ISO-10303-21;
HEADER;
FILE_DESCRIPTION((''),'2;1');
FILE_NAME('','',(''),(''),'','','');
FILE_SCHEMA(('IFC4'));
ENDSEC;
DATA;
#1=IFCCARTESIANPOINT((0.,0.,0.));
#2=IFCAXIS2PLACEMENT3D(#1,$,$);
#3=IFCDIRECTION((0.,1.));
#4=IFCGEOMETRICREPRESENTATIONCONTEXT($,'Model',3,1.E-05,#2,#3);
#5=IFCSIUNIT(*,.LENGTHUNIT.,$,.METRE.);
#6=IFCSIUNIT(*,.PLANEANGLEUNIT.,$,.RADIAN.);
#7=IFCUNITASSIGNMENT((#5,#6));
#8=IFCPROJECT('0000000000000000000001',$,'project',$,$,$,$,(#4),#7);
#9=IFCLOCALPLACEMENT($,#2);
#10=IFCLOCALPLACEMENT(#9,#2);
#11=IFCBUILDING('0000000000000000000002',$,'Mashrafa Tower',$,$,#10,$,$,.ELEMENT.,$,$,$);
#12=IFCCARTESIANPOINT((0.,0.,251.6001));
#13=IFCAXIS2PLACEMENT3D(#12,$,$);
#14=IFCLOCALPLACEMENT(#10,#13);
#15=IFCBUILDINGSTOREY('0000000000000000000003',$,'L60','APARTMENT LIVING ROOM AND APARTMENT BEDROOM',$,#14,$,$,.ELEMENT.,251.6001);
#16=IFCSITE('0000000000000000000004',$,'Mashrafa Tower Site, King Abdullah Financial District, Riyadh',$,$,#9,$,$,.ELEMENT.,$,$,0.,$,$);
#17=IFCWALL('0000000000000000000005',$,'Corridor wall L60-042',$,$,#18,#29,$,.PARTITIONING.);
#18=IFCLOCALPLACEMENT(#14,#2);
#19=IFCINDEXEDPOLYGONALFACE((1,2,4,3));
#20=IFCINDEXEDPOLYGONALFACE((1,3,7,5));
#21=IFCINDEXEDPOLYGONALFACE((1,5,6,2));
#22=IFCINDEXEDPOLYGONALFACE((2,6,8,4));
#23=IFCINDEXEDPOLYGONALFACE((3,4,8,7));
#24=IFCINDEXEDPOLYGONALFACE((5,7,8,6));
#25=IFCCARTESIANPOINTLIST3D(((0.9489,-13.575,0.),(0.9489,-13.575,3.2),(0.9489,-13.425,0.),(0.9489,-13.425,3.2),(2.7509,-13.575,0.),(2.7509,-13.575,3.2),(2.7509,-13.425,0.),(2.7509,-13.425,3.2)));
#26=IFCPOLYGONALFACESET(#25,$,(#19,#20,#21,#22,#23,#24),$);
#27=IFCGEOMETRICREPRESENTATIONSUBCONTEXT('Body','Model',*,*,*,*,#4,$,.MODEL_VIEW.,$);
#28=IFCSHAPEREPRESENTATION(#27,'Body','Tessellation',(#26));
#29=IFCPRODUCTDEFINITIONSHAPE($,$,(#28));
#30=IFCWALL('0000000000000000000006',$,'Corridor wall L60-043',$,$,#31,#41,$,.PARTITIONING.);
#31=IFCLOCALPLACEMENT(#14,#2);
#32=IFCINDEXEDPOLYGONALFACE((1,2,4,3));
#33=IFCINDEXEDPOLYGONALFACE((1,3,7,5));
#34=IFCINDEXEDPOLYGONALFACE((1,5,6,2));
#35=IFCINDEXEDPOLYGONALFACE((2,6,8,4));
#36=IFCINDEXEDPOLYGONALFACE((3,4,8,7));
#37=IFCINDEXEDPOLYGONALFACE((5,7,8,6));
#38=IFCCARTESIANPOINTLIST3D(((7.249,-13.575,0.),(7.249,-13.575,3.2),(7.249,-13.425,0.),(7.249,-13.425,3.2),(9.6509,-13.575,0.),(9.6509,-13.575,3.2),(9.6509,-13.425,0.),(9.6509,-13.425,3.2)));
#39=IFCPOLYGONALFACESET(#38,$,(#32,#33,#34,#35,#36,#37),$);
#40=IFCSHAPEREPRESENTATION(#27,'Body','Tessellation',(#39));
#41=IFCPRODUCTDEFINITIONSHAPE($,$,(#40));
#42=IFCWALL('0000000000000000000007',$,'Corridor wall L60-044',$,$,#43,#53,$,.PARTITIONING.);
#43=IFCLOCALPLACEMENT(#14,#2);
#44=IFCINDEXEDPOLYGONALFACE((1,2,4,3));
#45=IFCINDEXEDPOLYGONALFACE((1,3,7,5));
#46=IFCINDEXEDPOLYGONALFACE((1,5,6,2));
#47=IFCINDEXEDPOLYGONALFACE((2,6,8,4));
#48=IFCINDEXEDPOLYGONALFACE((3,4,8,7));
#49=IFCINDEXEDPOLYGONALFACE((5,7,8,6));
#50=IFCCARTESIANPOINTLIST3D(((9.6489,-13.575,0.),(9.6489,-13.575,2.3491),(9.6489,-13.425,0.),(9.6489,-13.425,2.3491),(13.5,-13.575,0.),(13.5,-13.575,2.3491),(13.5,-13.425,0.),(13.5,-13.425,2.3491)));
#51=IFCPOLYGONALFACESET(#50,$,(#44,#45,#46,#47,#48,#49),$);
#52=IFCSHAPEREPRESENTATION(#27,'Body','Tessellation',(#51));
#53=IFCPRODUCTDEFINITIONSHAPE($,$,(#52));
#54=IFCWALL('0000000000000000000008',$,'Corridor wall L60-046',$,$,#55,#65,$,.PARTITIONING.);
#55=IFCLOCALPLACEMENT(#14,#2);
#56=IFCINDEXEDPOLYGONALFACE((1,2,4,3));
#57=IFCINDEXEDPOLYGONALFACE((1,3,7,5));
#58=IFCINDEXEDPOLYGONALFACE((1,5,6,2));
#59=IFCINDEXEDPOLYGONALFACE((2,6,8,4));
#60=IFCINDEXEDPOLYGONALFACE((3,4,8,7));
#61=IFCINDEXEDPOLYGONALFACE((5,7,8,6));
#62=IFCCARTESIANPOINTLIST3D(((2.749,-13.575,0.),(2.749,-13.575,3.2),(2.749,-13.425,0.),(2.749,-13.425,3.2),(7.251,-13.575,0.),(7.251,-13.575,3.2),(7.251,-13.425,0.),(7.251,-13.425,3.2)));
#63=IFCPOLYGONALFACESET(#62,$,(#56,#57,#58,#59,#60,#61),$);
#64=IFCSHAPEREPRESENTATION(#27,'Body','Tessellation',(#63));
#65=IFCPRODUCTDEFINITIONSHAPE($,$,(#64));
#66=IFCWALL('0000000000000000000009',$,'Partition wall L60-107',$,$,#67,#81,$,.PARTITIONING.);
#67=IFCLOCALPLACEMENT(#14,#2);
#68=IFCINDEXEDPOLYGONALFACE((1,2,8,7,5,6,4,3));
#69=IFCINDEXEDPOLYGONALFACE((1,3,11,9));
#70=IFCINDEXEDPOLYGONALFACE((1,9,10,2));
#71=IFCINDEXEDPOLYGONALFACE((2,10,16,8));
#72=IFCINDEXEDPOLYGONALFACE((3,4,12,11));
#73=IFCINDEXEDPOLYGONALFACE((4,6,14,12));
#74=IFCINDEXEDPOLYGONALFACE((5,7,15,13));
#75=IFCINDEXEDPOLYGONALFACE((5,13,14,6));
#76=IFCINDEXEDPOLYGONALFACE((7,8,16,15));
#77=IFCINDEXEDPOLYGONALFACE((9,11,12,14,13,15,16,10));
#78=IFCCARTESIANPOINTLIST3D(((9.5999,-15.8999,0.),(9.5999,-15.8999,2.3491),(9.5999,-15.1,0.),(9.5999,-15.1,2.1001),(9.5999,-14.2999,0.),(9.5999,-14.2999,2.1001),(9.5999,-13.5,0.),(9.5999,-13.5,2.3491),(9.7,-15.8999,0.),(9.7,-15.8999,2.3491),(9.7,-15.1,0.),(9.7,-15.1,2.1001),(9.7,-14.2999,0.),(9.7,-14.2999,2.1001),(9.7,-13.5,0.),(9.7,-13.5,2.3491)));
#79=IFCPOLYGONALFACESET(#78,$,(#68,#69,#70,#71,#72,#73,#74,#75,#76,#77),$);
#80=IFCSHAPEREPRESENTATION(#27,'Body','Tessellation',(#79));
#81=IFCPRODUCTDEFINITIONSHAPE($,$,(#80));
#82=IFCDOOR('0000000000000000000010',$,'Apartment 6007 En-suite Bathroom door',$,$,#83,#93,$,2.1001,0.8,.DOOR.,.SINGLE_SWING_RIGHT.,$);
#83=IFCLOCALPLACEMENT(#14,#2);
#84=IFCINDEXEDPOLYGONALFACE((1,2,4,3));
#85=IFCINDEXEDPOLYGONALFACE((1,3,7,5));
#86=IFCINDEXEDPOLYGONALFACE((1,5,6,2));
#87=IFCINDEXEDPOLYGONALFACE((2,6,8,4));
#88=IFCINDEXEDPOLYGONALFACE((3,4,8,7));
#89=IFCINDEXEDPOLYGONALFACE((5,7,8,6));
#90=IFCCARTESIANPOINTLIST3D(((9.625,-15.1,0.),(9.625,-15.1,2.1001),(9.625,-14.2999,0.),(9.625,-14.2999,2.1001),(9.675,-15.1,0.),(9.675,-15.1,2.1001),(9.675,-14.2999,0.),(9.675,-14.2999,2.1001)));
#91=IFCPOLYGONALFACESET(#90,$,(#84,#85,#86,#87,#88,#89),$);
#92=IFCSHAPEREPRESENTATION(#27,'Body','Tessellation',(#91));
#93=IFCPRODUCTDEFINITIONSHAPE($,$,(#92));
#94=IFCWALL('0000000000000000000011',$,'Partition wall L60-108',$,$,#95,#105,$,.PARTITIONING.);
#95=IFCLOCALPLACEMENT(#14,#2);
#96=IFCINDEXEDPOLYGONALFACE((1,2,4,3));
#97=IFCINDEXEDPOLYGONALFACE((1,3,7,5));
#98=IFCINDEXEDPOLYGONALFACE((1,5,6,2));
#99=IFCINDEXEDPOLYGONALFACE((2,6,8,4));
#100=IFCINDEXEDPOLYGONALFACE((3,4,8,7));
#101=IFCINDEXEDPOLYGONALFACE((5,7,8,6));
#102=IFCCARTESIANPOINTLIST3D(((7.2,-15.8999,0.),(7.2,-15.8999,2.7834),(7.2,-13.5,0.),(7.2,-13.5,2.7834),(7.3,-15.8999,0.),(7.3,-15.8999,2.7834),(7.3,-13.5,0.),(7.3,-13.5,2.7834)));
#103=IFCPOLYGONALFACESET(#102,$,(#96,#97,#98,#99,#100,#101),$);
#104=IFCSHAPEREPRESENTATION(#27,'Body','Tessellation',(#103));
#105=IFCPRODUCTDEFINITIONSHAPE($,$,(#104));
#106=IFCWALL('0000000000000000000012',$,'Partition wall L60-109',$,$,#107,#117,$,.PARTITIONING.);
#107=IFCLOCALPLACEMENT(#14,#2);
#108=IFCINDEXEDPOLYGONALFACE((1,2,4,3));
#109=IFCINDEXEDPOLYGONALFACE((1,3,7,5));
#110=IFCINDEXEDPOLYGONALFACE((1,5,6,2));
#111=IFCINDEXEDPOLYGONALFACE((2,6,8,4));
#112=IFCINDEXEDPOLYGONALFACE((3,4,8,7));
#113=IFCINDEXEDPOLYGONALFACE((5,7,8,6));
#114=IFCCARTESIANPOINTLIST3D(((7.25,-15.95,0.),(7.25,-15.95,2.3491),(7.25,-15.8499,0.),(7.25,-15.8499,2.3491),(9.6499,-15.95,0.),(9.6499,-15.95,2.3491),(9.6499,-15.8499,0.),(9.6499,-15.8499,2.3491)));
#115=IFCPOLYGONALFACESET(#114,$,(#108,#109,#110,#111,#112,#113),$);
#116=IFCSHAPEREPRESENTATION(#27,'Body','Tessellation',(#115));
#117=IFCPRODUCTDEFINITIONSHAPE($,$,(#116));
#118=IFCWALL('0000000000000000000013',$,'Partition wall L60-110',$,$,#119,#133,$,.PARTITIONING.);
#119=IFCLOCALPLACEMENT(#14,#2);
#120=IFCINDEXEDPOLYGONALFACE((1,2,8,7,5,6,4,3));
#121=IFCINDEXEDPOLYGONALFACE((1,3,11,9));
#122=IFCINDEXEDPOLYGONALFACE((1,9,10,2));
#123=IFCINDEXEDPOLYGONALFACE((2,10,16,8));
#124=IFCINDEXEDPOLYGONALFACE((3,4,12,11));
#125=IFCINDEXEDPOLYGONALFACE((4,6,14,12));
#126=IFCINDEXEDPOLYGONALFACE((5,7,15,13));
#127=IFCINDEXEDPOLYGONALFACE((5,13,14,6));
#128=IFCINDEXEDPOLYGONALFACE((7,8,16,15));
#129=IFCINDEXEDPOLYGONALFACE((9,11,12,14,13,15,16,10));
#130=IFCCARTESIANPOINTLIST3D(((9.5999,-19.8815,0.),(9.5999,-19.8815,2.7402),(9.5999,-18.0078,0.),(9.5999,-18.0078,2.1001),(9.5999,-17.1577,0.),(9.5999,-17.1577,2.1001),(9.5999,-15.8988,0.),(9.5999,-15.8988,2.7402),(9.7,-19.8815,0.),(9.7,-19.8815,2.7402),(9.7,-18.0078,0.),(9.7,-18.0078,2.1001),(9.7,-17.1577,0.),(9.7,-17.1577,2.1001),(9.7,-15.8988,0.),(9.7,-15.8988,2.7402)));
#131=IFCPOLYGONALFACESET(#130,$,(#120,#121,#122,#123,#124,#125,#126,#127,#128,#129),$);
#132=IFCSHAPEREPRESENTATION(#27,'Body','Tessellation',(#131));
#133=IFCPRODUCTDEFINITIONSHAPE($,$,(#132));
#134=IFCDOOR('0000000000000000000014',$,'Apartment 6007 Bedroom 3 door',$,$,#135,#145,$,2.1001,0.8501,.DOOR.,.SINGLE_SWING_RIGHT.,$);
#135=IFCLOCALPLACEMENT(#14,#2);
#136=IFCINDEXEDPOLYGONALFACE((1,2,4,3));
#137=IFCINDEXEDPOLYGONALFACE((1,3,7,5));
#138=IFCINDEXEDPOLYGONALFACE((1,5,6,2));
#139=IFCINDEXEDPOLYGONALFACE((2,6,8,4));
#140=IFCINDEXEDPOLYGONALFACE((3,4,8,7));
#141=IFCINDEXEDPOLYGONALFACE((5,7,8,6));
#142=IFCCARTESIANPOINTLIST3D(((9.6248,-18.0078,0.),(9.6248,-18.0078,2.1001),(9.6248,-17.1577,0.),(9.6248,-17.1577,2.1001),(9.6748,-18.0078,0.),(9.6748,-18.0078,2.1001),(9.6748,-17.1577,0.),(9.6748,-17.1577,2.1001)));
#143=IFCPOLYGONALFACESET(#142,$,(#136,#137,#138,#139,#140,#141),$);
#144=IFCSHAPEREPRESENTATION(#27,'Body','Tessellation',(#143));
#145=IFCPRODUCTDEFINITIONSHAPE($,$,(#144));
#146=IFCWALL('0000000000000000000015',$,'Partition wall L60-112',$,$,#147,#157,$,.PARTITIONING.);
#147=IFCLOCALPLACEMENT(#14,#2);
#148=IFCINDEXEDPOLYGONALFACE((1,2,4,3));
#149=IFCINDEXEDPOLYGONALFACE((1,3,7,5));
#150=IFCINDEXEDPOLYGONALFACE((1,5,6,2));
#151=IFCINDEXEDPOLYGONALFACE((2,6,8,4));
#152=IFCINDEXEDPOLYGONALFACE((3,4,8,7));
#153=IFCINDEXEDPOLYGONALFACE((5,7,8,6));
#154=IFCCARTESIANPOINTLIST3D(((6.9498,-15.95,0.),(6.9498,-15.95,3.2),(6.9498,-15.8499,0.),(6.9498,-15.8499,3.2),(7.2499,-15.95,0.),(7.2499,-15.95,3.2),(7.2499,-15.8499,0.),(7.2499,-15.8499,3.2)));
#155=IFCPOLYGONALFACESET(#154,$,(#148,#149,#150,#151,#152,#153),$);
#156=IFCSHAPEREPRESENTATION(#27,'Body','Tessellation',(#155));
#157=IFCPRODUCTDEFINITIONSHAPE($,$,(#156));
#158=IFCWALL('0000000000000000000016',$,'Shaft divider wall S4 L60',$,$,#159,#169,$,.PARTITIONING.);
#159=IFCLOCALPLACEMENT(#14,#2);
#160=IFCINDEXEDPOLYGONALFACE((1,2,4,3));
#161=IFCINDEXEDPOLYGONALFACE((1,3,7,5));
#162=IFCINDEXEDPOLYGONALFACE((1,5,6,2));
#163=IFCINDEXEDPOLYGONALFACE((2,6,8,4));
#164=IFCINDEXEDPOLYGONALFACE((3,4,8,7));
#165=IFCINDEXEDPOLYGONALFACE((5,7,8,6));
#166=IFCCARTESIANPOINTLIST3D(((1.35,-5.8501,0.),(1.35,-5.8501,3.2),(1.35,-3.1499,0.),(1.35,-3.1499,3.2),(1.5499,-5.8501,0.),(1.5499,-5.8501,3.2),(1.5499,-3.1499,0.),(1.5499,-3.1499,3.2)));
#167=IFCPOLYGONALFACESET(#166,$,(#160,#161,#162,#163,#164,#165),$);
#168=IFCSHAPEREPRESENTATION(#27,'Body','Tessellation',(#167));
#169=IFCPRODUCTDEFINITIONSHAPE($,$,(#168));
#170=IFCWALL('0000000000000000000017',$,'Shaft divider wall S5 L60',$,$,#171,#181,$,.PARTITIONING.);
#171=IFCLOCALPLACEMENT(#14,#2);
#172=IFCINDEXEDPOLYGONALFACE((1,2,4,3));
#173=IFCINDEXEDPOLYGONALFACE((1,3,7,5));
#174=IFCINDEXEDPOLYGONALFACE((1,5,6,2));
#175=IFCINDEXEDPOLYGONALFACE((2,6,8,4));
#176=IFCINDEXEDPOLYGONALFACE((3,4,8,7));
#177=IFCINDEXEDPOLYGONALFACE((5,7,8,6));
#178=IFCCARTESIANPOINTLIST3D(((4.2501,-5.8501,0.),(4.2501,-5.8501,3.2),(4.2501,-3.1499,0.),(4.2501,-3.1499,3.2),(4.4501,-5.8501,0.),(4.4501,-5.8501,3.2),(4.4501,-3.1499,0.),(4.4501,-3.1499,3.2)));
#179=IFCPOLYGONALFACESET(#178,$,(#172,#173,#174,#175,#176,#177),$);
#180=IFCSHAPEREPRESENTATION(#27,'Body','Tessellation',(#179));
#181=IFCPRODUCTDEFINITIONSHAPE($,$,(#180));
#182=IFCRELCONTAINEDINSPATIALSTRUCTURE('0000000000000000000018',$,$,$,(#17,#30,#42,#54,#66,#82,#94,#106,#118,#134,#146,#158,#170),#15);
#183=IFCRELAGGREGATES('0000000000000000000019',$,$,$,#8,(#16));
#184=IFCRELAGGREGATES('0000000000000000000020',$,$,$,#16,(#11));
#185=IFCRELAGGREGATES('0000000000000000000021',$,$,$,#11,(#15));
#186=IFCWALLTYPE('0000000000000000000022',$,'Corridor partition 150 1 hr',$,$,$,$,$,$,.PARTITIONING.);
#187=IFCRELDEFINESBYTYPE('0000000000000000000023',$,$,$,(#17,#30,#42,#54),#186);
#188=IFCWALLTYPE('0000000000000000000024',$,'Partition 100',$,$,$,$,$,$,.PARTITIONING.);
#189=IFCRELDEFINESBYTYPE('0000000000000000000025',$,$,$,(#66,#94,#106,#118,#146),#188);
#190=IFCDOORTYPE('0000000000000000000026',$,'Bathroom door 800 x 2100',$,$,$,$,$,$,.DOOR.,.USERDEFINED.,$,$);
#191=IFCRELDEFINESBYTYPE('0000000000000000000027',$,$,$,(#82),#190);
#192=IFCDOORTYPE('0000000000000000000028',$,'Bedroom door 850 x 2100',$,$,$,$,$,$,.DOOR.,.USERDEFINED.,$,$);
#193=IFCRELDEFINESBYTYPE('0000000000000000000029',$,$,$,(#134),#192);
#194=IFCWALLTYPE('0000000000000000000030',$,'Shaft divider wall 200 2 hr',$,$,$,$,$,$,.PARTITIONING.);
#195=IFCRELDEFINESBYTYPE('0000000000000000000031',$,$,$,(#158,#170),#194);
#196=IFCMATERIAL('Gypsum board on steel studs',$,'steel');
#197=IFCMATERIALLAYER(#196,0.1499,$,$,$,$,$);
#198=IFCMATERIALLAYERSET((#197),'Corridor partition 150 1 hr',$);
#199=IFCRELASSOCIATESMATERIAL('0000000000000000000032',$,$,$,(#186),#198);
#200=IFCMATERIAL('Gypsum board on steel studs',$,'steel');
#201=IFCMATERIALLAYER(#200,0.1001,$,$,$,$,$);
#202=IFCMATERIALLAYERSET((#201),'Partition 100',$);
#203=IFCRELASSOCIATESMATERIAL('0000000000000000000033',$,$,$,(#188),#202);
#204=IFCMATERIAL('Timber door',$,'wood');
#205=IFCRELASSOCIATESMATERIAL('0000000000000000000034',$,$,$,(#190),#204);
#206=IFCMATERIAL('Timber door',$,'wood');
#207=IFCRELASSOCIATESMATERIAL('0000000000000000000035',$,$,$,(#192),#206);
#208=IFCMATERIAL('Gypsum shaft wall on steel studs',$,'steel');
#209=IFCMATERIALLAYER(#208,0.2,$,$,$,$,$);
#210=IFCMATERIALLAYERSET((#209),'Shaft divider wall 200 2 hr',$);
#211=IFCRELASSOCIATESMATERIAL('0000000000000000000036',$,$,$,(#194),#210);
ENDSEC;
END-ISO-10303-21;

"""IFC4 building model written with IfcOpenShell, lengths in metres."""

from ifc_helpers import new_model, si_unit, direction, frame, frame_2d, origin, place, context, subcontext, project, spatial, rectangle, extrude, material, layer, layer_set, type_object, element, fill, save


model = new_model("IFC4")

# Units and contexts
model_context = context("Model", 3, precision=1e-05, world=origin(), true_north=direction((0.0, 1.0)))
body_context = subcontext(model_context, "Body", "Model", "MODEL_VIEW")
ifc_project = project(units=[si_unit("LENGTHUNIT", "METRE"), si_unit("PLANEANGLEUNIT", "RADIAN")], contexts=[model_context])

# Site, building, storey
site_placement = place(None, origin())
site = spatial("IfcSite", under=ifc_project, at=site_placement, Name="Mashrafa Tower Site, King Abdullah Financial District, Riyadh", CompositionType="ELEMENT", RefElevation=0.0)
building_placement = place(site_placement, origin())
building = spatial("IfcBuilding", under=site, at=building_placement, Name="Mashrafa Tower", CompositionType="ELEMENT")
storey_placement = place(building_placement, frame((0.0, 0.0, 251.6001)))
storey = spatial("IfcBuildingStorey", under=building, at=storey_placement, Name="L60", Description="APARTMENT LIVING ROOM AND APARTMENT BEDROOM", CompositionType="ELEMENT", Elevation=251.6001)

# Walls
ifc_material_1 = material(Name="Gypsum board on steel studs", Category="steel")
ifc_layer_1 = layer(ifc_material_1, 0.1499)
ifc_layer_set_1 = layer_set([ifc_layer_1], Name="Corridor partition 150 1 hr")
wall_type_1 = type_object("IfcWallType", Name="Corridor partition 150 1 hr", PredefinedType="PARTITIONING", material=ifc_layer_set_1)
wall_1_placement = place(storey_placement, frame((0.949, -13.5, 0.0), z_axis=(0.0, 0.0, 1.0), x_axis=(1.0, 0.0, 0.0)))
element("IfcWall", 1, at=wall_1_placement, inside=storey, type_object=wall_type_1, Name="Corridor wall L60-042", PredefinedType="PARTITIONING", context=body_context, shape_type="SweptSolid", body=[
    extrude(rectangle(XDim=1.802, YDim=0.1499, at=frame_2d((0.9009, 0.0))), origin(), (0.0, 0.0, 1.0), 3.2),
])
wall_2_placement = place(storey_placement, frame((7.249, -13.5, 0.0), z_axis=(0.0, 0.0, 1.0), x_axis=(1.0, 0.0, 0.0)))
element("IfcWall", 2, at=wall_2_placement, inside=storey, type_object=wall_type_1, Name="Corridor wall L60-043", PredefinedType="PARTITIONING", context=body_context, shape_type="SweptSolid", body=[
    extrude(rectangle(XDim=2.4019, YDim=0.1499, at=frame_2d((1.2009, 0.0))), origin(), (0.0, 0.0, 1.0), 3.2),
])
wall_3_placement = place(storey_placement, frame((9.6489, -13.5, 0.0), z_axis=(0.0, 0.0, 1.0), x_axis=(1.0, 0.0, 0.0)))
element("IfcWall", 3, at=wall_3_placement, inside=storey, type_object=wall_type_1, Name="Corridor wall L60-044", PredefinedType="PARTITIONING", context=body_context, shape_type="SweptSolid", body=[
    extrude(rectangle(XDim=3.8511, YDim=0.1499, at=frame_2d((1.9255, 0.0))), origin(), (0.0, 0.0, 1.0), 2.3491),
])
wall_4_placement = place(storey_placement, frame((2.749, -13.5, 0.0), z_axis=(0.0, 0.0, 1.0), x_axis=(1.0, 0.0, 0.0)))
element("IfcWall", 4, at=wall_4_placement, inside=storey, type_object=wall_type_1, Name="Corridor wall L60-046", PredefinedType="PARTITIONING", context=body_context, shape_type="SweptSolid", body=[
    extrude(rectangle(XDim=4.502, YDim=0.1499, at=frame_2d((2.251, 0.0))), origin(), (0.0, 0.0, 1.0), 3.2),
])

# Wall, opening, door
ifc_material_2 = material(Name="Gypsum board on steel studs", Category="steel")
ifc_layer_2 = layer(ifc_material_2, 0.1001)
ifc_layer_set_2 = layer_set([ifc_layer_2], Name="Partition 100")
wall_type_2 = type_object("IfcWallType", Name="Partition 100", PredefinedType="PARTITIONING", material=ifc_layer_set_2)
wall_5_placement = place(storey_placement, frame((9.6499, -15.8999, 0.0), z_axis=(0.0, 0.0, 1.0), x_axis=(0.0, 1.0, 0.0)))
wall_5 = element("IfcWall", 5, at=wall_5_placement, inside=storey, type_object=wall_type_2, Name="Partition wall L60-107", PredefinedType="PARTITIONING", context=body_context, shape_type="SweptSolid", body=[
    extrude(rectangle(XDim=2.3999, YDim=0.1001, at=frame_2d((1.2, 0.0))), origin(), (0.0, 0.0, 1.0), 2.3491),
])
opening_1_placement = place(wall_5_placement, frame((0.8, 0.0, 0.0)))
opening_1 = element("IfcOpeningElement", 6, at=opening_1_placement, cuts=wall_5, PredefinedType="OPENING", context=body_context, shape_type="SweptSolid", body=[
    extrude(rectangle(XDim=0.8, YDim=2.1001, at=frame_2d((0.3999, 1.05))), frame((0.0, 0.0601, 0.0), z_axis=(0.0, -1.0, 0.0), x_axis=(1.0, 0.0, 0.0)), (0.0, 0.0, 1.0), 0.1201),
])
ifc_material_3 = material(Name="Timber door", Category="wood")
door_type_1 = type_object("IfcDoorType", Name="Bathroom door 800 x 2100", OperationType="USERDEFINED", PredefinedType="DOOR", material=ifc_material_3)
door_1_placement = place(opening_1_placement, origin())
door_1 = element("IfcDoor", 7, at=door_1_placement, inside=storey, type_object=door_type_1, Name="Apartment 6007 En-suite Bathroom door", OperationType="SINGLE_SWING_RIGHT", OverallHeight=2.1001, OverallWidth=0.8, PredefinedType="DOOR", context=body_context, shape_type="SweptSolid", body=[
    extrude(rectangle(XDim=0.8, YDim=2.1001, at=frame_2d((0.3999, 1.05))), frame((0.0, 0.0249, 0.0), z_axis=(0.0, -1.0, 0.0), x_axis=(1.0, 0.0, 0.0)), (0.0, 0.0, 1.0), 0.05),
])
fill(opening_1, door_1)

# Walls
wall_6_placement = place(storey_placement, frame((7.25, -13.5, 0.0), z_axis=(0.0, 0.0, 1.0), x_axis=(0.0, -1.0, 0.0)))
element("IfcWall", 8, at=wall_6_placement, inside=storey, type_object=wall_type_2, Name="Partition wall L60-108", PredefinedType="PARTITIONING", context=body_context, shape_type="SweptSolid", body=[
    extrude(rectangle(XDim=2.3999, YDim=0.1001, at=frame_2d((1.2, 0.0))), origin(), (0.0, 0.0, 1.0), 2.7834),
])
wall_7_placement = place(storey_placement, frame((7.25, -15.8999, 0.0), z_axis=(0.0, 0.0, 1.0), x_axis=(1.0, 0.0, 0.0)))
element("IfcWall", 9, at=wall_7_placement, inside=storey, type_object=wall_type_2, Name="Partition wall L60-109", PredefinedType="PARTITIONING", context=body_context, shape_type="SweptSolid", body=[
    extrude(rectangle(XDim=2.3999, YDim=0.1001, at=frame_2d((1.2, 0.0))), origin(), (0.0, 0.0, 1.0), 2.3491),
])

# Wall, opening, door
wall_8_placement = place(storey_placement, frame((9.6499, -15.8989, 0.0), z_axis=(0.0, 0.0, 1.0), x_axis=(0.0, -1.0, 0.0)))
wall_8 = element("IfcWall", 10, at=wall_8_placement, inside=storey, type_object=wall_type_2, Name="Partition wall L60-110", PredefinedType="PARTITIONING", context=body_context, shape_type="SweptSolid", body=[
    extrude(rectangle(XDim=3.9827, YDim=0.1001, at=frame_2d((1.9912, 0.0))), origin(), (0.0, 0.0, 1.0), 2.7402),
])
opening_2_placement = place(wall_8_placement, frame((1.2588, 0.0, 0.0)))
opening_2 = element("IfcOpeningElement", 11, at=opening_2_placement, cuts=wall_8, PredefinedType="OPENING", context=body_context, shape_type="SweptSolid", body=[
    extrude(rectangle(XDim=0.8501, YDim=2.1001, at=frame_2d((0.425, 1.05))), frame((0.0, 0.0601, 0.0), z_axis=(0.0, -1.0, 0.0), x_axis=(1.0, 0.0, 0.0)), (0.0, 0.0, 1.0), 0.1201),
])
ifc_material_4 = material(Name="Timber door", Category="wood")
door_type_2 = type_object("IfcDoorType", Name="Bedroom door 850 x 2100", OperationType="USERDEFINED", PredefinedType="DOOR", material=ifc_material_4)
door_2_placement = place(opening_2_placement, origin())
door_2 = element("IfcDoor", 12, at=door_2_placement, inside=storey, type_object=door_type_2, Name="Apartment 6007 Bedroom 3 door", OperationType="SINGLE_SWING_RIGHT", OverallHeight=2.1001, OverallWidth=0.8501, PredefinedType="DOOR", context=body_context, shape_type="SweptSolid", body=[
    extrude(rectangle(XDim=0.8501, YDim=2.1001, at=frame_2d((0.425, 1.05))), frame((0.0, 0.0249, 0.0), z_axis=(0.0, -1.0, 0.0), x_axis=(1.0, 0.0, 0.0)), (0.0, 0.0, 1.0), 0.05),
])
fill(opening_2, door_2)

# Walls
wall_9_placement = place(storey_placement, frame((6.95, -15.8999, 0.0), z_axis=(0.0, 0.0, 1.0), x_axis=(1.0, 0.0, 0.0)))
element("IfcWall", 13, at=wall_9_placement, inside=storey, type_object=wall_type_2, Name="Partition wall L60-112", PredefinedType="PARTITIONING", context=body_context, shape_type="SweptSolid", body=[
    extrude(rectangle(XDim=0.3, YDim=0.1001, at=frame_2d((0.1499, 0.0))), origin(), (0.0, 0.0, 1.0), 3.2),
])
ifc_material_5 = material(Name="Gypsum shaft wall on steel studs", Category="steel")
ifc_layer_3 = layer(ifc_material_5, 0.2)
ifc_layer_set_3 = layer_set([ifc_layer_3], Name="Shaft divider wall 200 2 hr")
wall_type_3 = type_object("IfcWallType", Name="Shaft divider wall 200 2 hr", PredefinedType="PARTITIONING", material=ifc_layer_set_3)
for number, where, z_axis, x_axis, name in (
    (14, (1.45, -5.8501, 0.0), (0.0, 0.0, 1.0), (0.0, 1.0, 0.0), "Shaft divider wall S4 L60"),
    (15, (4.3501, -5.8501, 0.0), (0.0, 0.0, 1.0), (0.0, 1.0, 0.0), "Shaft divider wall S5 L60"),
):
    element("IfcWall", number, at=place(storey_placement, frame(where, z_axis=z_axis, x_axis=x_axis)), inside=storey, type_object=wall_type_3, Name=name, PredefinedType="PARTITIONING", context=body_context, shape_type="SweptSolid", body=[
        extrude(rectangle(XDim=2.7002, YDim=0.2, at=frame_2d((1.3501, 0.0))), origin(), (0.0, 0.0, 1.0), 3.2),
    ])

save(model, "model.ifc")
